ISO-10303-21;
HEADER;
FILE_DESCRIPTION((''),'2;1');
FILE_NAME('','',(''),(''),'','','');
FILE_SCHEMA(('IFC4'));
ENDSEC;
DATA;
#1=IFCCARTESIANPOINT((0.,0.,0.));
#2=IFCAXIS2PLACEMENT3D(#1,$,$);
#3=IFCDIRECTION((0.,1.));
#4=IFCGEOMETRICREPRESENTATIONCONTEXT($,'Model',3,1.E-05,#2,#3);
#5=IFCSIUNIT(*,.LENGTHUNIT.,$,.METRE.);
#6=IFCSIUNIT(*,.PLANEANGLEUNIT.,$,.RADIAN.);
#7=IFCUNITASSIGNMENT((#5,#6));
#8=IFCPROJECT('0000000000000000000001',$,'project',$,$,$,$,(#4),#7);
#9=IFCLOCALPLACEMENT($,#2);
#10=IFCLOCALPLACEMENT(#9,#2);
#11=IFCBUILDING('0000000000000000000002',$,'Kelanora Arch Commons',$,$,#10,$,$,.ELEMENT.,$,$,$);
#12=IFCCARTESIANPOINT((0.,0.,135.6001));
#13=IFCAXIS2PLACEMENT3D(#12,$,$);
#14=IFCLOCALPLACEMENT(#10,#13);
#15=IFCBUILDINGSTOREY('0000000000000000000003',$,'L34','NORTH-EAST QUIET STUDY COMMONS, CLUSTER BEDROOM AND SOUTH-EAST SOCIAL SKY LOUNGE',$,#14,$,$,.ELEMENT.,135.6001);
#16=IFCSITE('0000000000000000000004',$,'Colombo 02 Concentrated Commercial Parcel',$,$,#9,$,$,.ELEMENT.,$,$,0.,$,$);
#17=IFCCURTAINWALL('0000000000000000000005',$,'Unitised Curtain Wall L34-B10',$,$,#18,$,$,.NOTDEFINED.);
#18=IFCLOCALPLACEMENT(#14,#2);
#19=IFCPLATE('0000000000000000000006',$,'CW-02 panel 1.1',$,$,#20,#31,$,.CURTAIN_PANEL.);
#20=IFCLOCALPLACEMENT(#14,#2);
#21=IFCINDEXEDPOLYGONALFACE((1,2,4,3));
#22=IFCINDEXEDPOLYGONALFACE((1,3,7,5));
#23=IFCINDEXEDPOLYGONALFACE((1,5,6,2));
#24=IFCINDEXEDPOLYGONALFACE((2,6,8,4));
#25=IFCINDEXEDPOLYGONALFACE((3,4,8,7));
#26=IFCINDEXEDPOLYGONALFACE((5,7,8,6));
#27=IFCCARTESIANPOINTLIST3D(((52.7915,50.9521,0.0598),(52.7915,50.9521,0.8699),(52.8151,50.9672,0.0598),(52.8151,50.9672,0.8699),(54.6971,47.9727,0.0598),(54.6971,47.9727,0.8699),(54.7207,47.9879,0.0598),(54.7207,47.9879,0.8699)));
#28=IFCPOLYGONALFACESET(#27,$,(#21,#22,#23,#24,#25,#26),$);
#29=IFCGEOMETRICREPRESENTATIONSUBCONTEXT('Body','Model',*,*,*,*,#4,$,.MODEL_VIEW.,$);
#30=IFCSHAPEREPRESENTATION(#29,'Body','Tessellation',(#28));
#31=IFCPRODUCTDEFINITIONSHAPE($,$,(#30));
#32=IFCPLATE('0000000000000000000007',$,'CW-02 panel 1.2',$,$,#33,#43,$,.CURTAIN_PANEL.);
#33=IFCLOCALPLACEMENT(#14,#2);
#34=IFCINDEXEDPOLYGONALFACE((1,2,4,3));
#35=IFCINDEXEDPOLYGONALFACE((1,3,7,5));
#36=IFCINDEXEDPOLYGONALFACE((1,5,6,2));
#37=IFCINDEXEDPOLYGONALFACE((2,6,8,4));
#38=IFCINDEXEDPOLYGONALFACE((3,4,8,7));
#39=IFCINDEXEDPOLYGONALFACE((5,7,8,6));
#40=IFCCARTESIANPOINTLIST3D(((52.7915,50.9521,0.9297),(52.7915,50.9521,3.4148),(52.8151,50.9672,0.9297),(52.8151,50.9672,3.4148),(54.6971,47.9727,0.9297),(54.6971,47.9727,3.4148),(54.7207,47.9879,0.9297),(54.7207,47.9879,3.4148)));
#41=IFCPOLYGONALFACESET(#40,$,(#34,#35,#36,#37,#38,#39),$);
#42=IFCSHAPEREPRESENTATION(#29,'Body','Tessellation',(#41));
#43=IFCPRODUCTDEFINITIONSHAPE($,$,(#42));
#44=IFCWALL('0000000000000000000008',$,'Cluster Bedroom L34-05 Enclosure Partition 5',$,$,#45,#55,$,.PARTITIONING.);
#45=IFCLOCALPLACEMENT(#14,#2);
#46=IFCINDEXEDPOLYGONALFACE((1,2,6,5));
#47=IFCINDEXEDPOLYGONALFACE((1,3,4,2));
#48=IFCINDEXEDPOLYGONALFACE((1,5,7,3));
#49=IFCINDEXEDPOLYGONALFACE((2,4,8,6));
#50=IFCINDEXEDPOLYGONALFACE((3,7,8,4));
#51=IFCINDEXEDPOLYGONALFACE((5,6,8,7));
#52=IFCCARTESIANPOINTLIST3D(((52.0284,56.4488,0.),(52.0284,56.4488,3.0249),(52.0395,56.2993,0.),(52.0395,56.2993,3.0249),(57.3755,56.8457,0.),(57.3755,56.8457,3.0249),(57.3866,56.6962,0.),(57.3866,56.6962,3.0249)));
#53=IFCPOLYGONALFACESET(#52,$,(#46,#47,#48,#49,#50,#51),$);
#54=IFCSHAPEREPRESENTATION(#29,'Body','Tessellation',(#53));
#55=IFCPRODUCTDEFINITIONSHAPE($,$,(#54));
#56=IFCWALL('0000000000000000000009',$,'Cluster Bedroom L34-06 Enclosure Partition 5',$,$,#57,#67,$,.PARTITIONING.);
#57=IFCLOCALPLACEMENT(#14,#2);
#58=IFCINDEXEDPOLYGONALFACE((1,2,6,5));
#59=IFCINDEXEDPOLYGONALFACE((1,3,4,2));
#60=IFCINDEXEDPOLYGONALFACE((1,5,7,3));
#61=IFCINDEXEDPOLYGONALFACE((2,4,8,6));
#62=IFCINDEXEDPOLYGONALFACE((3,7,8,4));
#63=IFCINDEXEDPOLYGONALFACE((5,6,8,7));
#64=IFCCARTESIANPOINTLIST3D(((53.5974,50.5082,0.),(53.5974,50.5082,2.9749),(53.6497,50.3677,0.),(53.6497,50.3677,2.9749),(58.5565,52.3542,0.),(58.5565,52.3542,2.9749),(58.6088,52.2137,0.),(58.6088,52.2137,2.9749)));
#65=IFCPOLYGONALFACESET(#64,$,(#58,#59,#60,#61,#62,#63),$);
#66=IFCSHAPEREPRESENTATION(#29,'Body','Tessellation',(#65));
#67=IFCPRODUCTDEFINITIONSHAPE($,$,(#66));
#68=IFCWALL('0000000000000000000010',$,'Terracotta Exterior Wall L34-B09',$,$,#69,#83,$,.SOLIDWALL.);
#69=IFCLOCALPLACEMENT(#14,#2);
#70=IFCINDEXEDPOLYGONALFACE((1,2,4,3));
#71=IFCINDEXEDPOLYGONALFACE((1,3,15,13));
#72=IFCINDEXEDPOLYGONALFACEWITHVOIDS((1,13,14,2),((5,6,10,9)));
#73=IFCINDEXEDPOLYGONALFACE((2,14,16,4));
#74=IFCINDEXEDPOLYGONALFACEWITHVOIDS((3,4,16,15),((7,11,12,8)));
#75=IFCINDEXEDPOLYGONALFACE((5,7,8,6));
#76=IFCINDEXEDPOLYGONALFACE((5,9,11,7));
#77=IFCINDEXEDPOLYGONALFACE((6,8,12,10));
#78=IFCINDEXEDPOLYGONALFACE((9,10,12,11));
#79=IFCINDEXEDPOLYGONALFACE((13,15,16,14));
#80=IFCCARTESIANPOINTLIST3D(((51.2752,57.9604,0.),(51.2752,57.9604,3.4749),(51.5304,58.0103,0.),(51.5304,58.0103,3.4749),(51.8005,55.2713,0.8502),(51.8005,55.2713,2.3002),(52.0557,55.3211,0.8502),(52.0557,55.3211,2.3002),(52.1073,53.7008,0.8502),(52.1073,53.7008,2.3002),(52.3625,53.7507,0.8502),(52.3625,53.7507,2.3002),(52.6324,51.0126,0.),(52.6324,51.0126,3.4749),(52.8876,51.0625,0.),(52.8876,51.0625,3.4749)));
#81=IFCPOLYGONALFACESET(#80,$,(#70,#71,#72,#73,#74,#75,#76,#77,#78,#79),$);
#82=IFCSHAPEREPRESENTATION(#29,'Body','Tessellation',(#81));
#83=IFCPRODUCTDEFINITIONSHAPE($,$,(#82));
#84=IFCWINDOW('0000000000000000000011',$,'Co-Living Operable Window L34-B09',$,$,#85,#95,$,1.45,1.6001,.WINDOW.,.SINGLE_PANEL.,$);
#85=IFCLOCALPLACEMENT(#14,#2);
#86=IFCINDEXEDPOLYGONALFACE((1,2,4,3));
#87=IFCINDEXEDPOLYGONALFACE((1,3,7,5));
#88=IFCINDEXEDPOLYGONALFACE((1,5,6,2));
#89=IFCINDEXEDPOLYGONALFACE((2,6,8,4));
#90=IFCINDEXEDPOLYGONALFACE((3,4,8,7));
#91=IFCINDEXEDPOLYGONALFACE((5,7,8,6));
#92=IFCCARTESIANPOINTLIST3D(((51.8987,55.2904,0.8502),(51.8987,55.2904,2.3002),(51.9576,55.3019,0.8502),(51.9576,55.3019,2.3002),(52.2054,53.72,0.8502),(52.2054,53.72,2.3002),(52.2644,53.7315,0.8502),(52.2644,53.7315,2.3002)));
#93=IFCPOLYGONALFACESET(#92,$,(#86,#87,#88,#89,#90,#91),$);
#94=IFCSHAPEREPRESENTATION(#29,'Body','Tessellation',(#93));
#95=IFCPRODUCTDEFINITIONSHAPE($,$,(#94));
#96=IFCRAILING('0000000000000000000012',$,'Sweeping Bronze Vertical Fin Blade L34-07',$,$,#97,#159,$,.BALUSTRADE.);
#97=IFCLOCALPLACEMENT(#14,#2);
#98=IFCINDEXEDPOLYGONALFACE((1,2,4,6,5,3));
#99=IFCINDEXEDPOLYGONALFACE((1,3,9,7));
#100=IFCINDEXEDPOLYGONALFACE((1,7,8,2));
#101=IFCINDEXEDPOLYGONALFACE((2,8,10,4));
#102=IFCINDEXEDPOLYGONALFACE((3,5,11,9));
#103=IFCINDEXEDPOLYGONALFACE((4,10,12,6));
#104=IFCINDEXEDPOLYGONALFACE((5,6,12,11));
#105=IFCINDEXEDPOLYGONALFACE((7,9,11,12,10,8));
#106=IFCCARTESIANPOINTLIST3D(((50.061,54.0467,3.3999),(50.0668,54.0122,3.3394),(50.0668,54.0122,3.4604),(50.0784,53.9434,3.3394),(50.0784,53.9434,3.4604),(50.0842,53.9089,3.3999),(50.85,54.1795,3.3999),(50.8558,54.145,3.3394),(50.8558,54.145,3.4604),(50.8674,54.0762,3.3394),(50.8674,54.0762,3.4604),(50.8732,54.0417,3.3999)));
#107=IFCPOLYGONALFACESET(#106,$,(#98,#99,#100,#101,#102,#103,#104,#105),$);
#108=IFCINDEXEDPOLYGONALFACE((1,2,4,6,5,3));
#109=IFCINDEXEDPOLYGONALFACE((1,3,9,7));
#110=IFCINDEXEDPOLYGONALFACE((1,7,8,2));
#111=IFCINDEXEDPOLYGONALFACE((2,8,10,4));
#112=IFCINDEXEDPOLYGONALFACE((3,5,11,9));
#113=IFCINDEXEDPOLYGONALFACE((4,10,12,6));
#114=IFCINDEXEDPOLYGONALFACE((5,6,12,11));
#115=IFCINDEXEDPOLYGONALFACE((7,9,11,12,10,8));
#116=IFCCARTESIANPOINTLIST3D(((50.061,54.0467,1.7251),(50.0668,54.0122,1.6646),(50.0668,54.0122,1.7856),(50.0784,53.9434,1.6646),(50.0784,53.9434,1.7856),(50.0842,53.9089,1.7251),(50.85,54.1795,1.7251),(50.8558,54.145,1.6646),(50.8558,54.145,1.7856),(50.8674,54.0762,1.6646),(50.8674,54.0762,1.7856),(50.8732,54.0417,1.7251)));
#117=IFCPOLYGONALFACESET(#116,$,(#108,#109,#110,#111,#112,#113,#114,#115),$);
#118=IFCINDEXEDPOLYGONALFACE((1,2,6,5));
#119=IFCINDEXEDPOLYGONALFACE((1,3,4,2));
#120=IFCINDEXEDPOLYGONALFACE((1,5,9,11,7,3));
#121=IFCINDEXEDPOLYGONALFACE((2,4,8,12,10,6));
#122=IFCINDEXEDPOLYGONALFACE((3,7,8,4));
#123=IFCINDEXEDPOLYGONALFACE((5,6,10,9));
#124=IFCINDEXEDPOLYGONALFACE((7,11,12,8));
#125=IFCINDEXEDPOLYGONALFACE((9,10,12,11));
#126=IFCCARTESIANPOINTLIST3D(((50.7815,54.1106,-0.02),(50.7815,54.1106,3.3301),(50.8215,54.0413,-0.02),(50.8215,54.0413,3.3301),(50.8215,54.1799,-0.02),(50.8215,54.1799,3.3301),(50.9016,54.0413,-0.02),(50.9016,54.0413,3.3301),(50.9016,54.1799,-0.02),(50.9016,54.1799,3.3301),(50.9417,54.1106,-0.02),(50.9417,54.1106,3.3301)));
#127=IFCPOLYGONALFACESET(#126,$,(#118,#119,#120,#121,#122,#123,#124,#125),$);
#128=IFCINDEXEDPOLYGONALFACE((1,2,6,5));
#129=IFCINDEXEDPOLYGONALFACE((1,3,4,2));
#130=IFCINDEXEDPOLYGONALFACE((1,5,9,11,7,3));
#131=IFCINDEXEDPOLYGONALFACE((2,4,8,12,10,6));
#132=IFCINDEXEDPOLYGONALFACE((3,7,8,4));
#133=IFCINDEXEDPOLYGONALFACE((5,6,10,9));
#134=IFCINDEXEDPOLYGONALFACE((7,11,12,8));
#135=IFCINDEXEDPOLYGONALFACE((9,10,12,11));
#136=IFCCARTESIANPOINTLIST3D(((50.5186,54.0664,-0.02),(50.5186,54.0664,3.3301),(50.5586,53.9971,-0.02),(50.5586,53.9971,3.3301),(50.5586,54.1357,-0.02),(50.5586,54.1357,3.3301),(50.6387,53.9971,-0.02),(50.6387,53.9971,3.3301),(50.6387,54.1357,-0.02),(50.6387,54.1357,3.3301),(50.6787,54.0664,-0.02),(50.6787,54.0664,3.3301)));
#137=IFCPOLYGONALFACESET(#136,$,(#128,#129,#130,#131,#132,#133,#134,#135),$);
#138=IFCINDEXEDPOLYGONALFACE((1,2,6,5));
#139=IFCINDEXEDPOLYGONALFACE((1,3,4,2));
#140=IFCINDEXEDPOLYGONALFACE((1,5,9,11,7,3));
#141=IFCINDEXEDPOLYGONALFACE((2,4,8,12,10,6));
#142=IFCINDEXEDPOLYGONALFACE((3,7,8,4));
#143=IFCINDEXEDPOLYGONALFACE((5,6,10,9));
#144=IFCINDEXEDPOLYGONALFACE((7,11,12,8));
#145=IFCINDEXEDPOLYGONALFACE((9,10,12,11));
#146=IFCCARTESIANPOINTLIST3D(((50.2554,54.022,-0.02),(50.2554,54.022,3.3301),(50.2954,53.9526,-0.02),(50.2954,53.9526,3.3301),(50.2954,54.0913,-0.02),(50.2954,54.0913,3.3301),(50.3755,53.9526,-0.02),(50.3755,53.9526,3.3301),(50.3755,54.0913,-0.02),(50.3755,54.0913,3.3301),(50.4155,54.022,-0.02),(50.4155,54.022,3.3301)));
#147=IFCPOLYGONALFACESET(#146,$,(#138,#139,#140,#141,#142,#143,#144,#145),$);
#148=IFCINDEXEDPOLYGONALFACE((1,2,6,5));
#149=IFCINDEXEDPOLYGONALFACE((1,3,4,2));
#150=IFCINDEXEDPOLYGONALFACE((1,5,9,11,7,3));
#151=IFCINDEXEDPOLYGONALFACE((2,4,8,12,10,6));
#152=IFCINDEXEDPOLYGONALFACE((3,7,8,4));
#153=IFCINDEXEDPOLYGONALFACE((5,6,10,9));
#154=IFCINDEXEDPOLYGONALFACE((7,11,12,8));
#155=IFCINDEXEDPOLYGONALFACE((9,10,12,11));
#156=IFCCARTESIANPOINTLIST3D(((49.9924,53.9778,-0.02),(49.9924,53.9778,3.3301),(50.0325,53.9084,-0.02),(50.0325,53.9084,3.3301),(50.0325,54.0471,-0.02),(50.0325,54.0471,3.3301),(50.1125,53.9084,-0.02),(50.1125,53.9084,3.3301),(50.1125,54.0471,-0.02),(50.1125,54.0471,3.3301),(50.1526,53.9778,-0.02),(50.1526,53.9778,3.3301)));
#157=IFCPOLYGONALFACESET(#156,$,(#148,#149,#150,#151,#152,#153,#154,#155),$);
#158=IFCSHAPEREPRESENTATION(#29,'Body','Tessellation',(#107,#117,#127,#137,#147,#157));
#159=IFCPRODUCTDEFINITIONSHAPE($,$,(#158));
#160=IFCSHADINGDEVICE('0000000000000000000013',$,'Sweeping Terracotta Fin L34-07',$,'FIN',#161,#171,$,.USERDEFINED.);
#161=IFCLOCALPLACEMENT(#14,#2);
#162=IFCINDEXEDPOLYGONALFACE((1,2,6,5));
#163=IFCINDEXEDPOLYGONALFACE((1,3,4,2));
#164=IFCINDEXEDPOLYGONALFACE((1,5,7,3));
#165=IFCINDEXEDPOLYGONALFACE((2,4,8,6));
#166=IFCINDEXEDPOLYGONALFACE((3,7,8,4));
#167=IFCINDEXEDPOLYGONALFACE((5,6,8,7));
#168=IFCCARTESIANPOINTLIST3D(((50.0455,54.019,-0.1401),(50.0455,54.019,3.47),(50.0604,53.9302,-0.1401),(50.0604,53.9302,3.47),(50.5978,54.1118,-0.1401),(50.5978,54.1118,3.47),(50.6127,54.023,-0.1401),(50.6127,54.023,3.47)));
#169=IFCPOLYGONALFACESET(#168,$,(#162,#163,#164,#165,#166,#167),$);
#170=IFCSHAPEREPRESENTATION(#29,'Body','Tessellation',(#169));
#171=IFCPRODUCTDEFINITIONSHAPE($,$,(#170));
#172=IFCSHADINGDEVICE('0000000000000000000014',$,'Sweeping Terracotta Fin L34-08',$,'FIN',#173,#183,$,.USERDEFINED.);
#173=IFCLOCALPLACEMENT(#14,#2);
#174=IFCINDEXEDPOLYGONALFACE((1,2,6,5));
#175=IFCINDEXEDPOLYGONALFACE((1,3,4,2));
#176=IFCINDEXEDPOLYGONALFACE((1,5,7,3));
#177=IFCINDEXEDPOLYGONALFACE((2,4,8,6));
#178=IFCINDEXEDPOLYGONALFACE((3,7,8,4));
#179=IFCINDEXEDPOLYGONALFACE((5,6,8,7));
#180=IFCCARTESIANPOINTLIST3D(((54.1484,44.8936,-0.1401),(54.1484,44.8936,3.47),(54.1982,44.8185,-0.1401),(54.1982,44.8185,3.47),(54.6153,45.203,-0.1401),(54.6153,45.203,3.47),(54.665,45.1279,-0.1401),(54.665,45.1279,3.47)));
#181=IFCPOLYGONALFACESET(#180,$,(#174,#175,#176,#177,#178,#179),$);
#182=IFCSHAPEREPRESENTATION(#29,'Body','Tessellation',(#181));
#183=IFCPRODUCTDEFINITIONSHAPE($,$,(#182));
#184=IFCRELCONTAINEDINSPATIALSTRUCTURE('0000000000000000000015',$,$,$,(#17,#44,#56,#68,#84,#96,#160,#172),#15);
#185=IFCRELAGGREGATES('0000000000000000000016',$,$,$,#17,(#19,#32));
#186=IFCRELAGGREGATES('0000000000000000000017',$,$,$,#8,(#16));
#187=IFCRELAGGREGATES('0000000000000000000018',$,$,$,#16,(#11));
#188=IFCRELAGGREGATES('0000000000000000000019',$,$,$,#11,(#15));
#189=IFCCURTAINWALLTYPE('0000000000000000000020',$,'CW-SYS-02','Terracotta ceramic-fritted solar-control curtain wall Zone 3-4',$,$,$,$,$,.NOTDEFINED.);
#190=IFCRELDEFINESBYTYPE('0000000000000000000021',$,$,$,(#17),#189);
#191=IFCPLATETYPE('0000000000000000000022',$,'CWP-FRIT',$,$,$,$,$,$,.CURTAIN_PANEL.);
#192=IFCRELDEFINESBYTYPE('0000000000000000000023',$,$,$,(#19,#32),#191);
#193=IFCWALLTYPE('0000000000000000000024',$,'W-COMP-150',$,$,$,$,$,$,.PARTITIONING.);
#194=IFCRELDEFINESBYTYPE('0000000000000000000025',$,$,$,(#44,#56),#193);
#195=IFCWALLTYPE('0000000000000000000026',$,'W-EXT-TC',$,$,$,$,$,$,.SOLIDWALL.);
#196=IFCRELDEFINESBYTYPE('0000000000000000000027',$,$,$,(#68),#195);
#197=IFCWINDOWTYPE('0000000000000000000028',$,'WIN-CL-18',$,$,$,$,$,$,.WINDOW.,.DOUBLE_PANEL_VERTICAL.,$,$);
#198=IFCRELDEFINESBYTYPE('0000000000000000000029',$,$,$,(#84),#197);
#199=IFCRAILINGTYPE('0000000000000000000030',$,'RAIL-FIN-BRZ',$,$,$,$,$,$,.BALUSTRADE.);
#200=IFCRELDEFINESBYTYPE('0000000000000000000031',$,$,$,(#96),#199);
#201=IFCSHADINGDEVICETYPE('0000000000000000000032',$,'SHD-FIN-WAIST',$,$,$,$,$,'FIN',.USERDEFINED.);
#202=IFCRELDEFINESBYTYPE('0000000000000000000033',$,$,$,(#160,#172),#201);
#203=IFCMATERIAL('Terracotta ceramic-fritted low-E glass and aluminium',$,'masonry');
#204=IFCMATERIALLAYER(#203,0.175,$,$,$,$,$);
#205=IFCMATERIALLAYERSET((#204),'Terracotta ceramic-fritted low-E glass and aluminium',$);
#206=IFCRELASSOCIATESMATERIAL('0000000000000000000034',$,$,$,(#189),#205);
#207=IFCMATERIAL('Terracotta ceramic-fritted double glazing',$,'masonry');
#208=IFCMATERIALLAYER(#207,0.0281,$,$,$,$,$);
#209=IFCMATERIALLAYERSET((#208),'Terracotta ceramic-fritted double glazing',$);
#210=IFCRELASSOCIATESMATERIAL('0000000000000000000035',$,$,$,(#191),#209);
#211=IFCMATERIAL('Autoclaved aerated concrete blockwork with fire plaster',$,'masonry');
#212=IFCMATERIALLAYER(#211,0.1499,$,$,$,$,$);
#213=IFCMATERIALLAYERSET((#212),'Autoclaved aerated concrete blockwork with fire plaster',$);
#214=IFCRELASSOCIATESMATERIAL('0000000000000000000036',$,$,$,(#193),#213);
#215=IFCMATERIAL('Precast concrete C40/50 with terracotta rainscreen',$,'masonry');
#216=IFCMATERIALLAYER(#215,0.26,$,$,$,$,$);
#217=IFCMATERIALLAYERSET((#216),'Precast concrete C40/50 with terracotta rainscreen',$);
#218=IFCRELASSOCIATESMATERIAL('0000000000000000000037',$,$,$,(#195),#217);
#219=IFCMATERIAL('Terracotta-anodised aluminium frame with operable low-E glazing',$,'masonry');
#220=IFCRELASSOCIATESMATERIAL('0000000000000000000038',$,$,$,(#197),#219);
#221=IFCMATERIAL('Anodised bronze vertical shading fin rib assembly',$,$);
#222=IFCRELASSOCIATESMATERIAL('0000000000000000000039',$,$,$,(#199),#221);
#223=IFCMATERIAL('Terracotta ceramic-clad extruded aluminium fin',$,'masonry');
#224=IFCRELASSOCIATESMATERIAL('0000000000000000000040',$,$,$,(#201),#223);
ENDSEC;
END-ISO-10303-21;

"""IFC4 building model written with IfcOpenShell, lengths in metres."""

from ifc_helpers import new_model, si_unit, direction, frame, frame_2d, origin, origin_2d, place, context, subcontext, project, spatial, polyline, rectangle, outline, extrude, source, transform, mapped, material, layer, layer_set, type_object, element, fill, aggregate, save


model = new_model("IFC4")

# Units and contexts
model_context = context("Model", 3, precision=1e-05, world=origin(), true_north=direction((0.0, 1.0)))
body_context = subcontext(model_context, "Body", "Model", "MODEL_VIEW")
ifc_project = project(units=[si_unit("LENGTHUNIT", "METRE"), si_unit("PLANEANGLEUNIT", "RADIAN")], contexts=[model_context])

# Site, building, storey
site_placement = place(None, origin())
site = spatial("IfcSite", under=ifc_project, at=site_placement, Name="Colombo 02 Concentrated Commercial Parcel", CompositionType="ELEMENT", RefElevation=0.0)
building_placement = place(site_placement, origin())
building = spatial("IfcBuilding", under=site, at=building_placement, Name="Kelanora Arch Commons", CompositionType="ELEMENT")
storey_placement = place(building_placement, frame((0.0, 0.0, 135.6001)))
storey = spatial("IfcBuildingStorey", under=building, at=storey_placement, Name="L34", Description="NORTH-EAST QUIET STUDY COMMONS, CLUSTER BEDROOM AND SOUTH-EAST SOCIAL SKY LOUNGE", CompositionType="ELEMENT", Elevation=135.6001)

# Curtain wall
ifc_material_1 = material(Name="Terracotta ceramic-fritted low-E glass and aluminium", Category="masonry")
ifc_layer_1 = layer(ifc_material_1, 0.175)
ifc_layer_set_1 = layer_set([ifc_layer_1], Name="Terracotta ceramic-fritted low-E glass and aluminium")
curtain_wall_type = type_object("IfcCurtainWallType", Name="CW-SYS-02", Description="Terracotta ceramic-fritted solar-control curtain wall Zone 3-4", PredefinedType="NOTDEFINED", material=ifc_layer_set_1)
curtain_wall_placement = place(storey_placement, origin())
curtain_wall = element("IfcCurtainWall", 1, at=curtain_wall_placement, inside=storey, type_object=curtain_wall_type, Name="Unitised Curtain Wall L34-B10", PredefinedType="NOTDEFINED")

# Plates
ifc_material_2 = material(Name="Terracotta ceramic-fritted double glazing", Category="masonry")
ifc_layer_2 = layer(ifc_material_2, 0.0281)
ifc_layer_set_2 = layer_set([ifc_layer_2], Name="Terracotta ceramic-fritted double glazing")
plate_type = type_object("IfcPlateType", Name="CWP-FRIT", PredefinedType="CURTAIN_PANEL", material=ifc_layer_set_2)
shared_shape_1 = source(origin(), body_context, "Body", "SweptSolid", [
    extrude(rectangle(XDim=3.5366, YDim=0.0281, at=origin_2d()), origin(), (0.0, 0.0, 1.0), 0.8101),
])
plate_1_placement = place(storey_placement, frame((53.7561, 49.47, 0.0598), z_axis=(0.0, 0.0, 1.0), x_axis=(0.538817, -0.842423, 0.0)))
plate_1 = element("IfcPlate", 2, at=plate_1_placement, type_object=plate_type, Name="CW-02 panel 1.1", PredefinedType="CURTAIN_PANEL", context=body_context, shape_type="MappedRepresentation", body=[
    mapped(shared_shape_1, transform((0.0, 0.0, 0.0), scale=1.0)),
])
shared_shape_2 = source(origin(), body_context, "Body", "SweptSolid", [
    extrude(rectangle(XDim=3.5366, YDim=0.0281, at=origin_2d()), origin(), (0.0, 0.0, 1.0), 2.4851),
])
plate_2_placement = place(storey_placement, frame((53.7561, 49.47, 0.9297), z_axis=(0.0, 0.0, 1.0), x_axis=(0.538817, -0.842423, 0.0)))
plate_2 = element("IfcPlate", 3, at=plate_2_placement, type_object=plate_type, Name="CW-02 panel 1.2", PredefinedType="CURTAIN_PANEL", context=body_context, shape_type="MappedRepresentation", body=[
    mapped(shared_shape_2, transform((0.0, 0.0, 0.0), scale=1.0)),
])
aggregate(curtain_wall, [plate_1, plate_2])

# Walls
ifc_material_3 = material(Name="Autoclaved aerated concrete blockwork with fire plaster", Category="masonry")
ifc_layer_3 = layer(ifc_material_3, 0.1499)
ifc_layer_set_3 = layer_set([ifc_layer_3], Name="Autoclaved aerated concrete blockwork with fire plaster")
wall_type_1 = type_object("IfcWallType", Name="W-COMP-150", PredefinedType="PARTITIONING", material=ifc_layer_set_3)
wall_1_placement = place(storey_placement, frame((52.0339, 56.374, 0.0), z_axis=(0.0, 0.0, 1.0), x_axis=(0.997256, 0.074036, 0.0)))
element("IfcWall", 4, at=wall_1_placement, inside=storey, type_object=wall_type_1, Name="Cluster Bedroom L34-05 Enclosure Partition 5", PredefinedType="PARTITIONING", context=body_context, shape_type="SweptSolid", body=[
    extrude(rectangle(XDim=5.3618, YDim=0.1499, at=frame_2d((2.6809, 0.0))), origin(), (0.0, 0.0, 1.0), 3.0249),
])
wall_2_placement = place(storey_placement, frame((53.6235, 50.438, 0.0), z_axis=(0.0, 0.0, 1.0), x_axis=(0.937176, 0.348857, 0.0)))
element("IfcWall", 5, at=wall_2_placement, inside=storey, type_object=wall_type_1, Name="Cluster Bedroom L34-06 Enclosure Partition 5", PredefinedType="PARTITIONING", context=body_context, shape_type="SweptSolid", body=[
    extrude(rectangle(XDim=5.2915, YDim=0.1499, at=frame_2d((2.6458, 0.0))), origin(), (0.0, 0.0, 1.0), 2.9749),
])

# Wall, opening, window
ifc_material_4 = material(Name="Precast concrete C40/50 with terracotta rainscreen", Category="masonry")
ifc_layer_4 = layer(ifc_material_4, 0.26)
ifc_layer_set_4 = layer_set([ifc_layer_4], Name="Precast concrete C40/50 with terracotta rainscreen")
wall_type_2 = type_object("IfcWallType", Name="W-EXT-TC", PredefinedType="SOLIDWALL", material=ifc_layer_set_4)
wall_3_placement = place(storey_placement, frame((51.4028, 57.9854, 0.0), z_axis=(0.0, 0.0, 1.0), x_axis=(0.191717, -0.98145, 0.0)))
wall_3 = element("IfcWall", 6, at=wall_3_placement, inside=storey, type_object=wall_type_2, Name="Terracotta Exterior Wall L34-B09", PredefinedType="SOLIDWALL", context=body_context, shape_type="SweptSolid", body=[
    extrude(rectangle(XDim=7.0791, YDim=0.26, at=frame_2d((3.5396, 0.0))), origin(), (0.0, 0.0, 1.0), 3.4749),
])
opening_placement = place(wall_3_placement, frame((2.74, 0.0, 0.8501)))
opening = element("IfcOpeningElement", 7, at=opening_placement, cuts=wall_3, PredefinedType="OPENING", context=body_context, shape_type="SweptSolid", body=[
    extrude(rectangle(XDim=1.6001, YDim=1.45, at=frame_2d((0.8, 0.7251))), frame((0.0, 0.1401, 0.0), z_axis=(0.0, -1.0, 0.0), x_axis=(1.0, 0.0, 0.0)), (0.0, 0.0, 1.0), 0.28),
])
ifc_material_5 = material(Name="Terracotta-anodised aluminium frame with operable low-E glazing", Category="masonry")
window_type = type_object("IfcWindowType", Name="WIN-CL-18", PartitioningType="DOUBLE_PANEL_VERTICAL", PredefinedType="WINDOW", material=ifc_material_5)
window_placement = place(opening_placement, origin())
window = element("IfcWindow", 8, at=window_placement, inside=storey, type_object=window_type, Name="Co-Living Operable Window L34-B09", OverallHeight=1.45, OverallWidth=1.6001, PartitioningType="SINGLE_PANEL", PredefinedType="WINDOW", context=body_context, shape_type="SweptSolid", body=[
    extrude(rectangle(XDim=1.6001, YDim=1.45, at=frame_2d((0.8, 0.7251))), frame((0.0, 0.03, 0.0), z_axis=(0.0, -1.0, 0.0), x_axis=(1.0, 0.0, 0.0)), (0.0, 0.0, 1.0), 0.0601),
])
fill(opening, window)

# Railing
ifc_material_6 = material(Name="Anodised bronze vertical shading fin rib assembly")
railing_type = type_object("IfcRailingType", Name="RAIL-FIN-BRZ", PredefinedType="BALUSTRADE", material=ifc_material_6)
railing_placement = place(storey_placement, frame((50.8616, 54.1106, -0.02)))
element("IfcRailing", 9, at=railing_placement, inside=storey, type_object=railing_type, Name="Sweeping Bronze Vertical Fin Blade L34-07", PredefinedType="BALUSTRADE", context=body_context, shape_type="SweptSolid", body=[
    extrude(outline(polyline([(0.0698, 0.0), (0.0349, 0.0605), (-0.0349, 0.0605), (-0.0698, 0.0), (-0.0349, -0.0605), (0.0349, -0.0605), (0.0698, 0.0)])), frame((0.0, 0.0, 3.4199), z_axis=(-0.986129, -0.165982, 0.0), x_axis=(0.165982, -0.986129, 0.0)), (0.0, 0.0, 1.0), 0.8),
    extrude(outline(polyline([(0.0698, 0.0), (0.0349, 0.0605), (-0.0349, 0.0605), (-0.0698, 0.0), (-0.0349, -0.0605), (0.0349, -0.0605), (0.0698, 0.0)])), frame((0.0, 0.0, 1.7451), z_axis=(-0.986129, -0.165982, 0.0), x_axis=(0.165982, -0.986129, 0.0)), (0.0, 0.0, 1.0), 0.8),
    extrude(outline(polyline([(0.0801, 0.0), (0.04, 0.0693), (-0.04, 0.0693), (-0.0801, 0.0), (-0.04, -0.0693), (0.04, -0.0693), (0.0801, 0.0)])), origin(), (0.0, 0.0, 1.0), 3.3501),
    extrude(outline(polyline([(0.0801, 0.0), (0.04, 0.0693), (-0.04, 0.0693), (-0.0801, 0.0), (-0.04, -0.0693), (0.04, -0.0693), (0.0801, 0.0)])), frame((-0.2629, -0.0442, 0.0)), (0.0, 0.0, 1.0), 3.3501),
    extrude(outline(polyline([(0.0801, 0.0), (0.04, 0.0693), (-0.04, 0.0693), (-0.0801, 0.0), (-0.04, -0.0693), (0.04, -0.0693), (0.0801, 0.0)])), frame((-0.5261, -0.0886, 0.0)), (0.0, 0.0, 1.0), 3.3501),
    extrude(outline(polyline([(0.0801, 0.0), (0.04, 0.0693), (-0.04, 0.0693), (-0.0801, 0.0), (-0.04, -0.0693), (0.04, -0.0693), (0.0801, 0.0)])), frame((-0.7891, -0.1328, 0.0)), (0.0, 0.0, 1.0), 3.3501),
])

# Shading devices
ifc_material_7 = material(Name="Terracotta ceramic-clad extruded aluminium fin", Category="masonry")
shading_device_type = type_object("IfcShadingDeviceType", Name="SHD-FIN-WAIST", ElementType="FIN", PredefinedType="USERDEFINED", material=ifc_material_7)
shared_shape_3 = source(origin(), body_context, "Body", "SweptSolid", [
    extrude(rectangle(XDim=0.5601, YDim=0.0901, at=origin_2d()), origin(), (0.0, 0.0, 1.0), 3.6101),
])
for number, where, z_axis, x_axis, name in (
    (10, (50.3291, 54.021, -0.1401), (0.0, 0.0, 1.0), (-0.98617, -0.165736, 0.0), "Sweeping Terracotta Fin L34-07"),
    (11, (54.4067, 45.0107, -0.1401), (0.0, 0.0, 1.0), (-0.8335, -0.552519, 0.0), "Sweeping Terracotta Fin L34-08"),
):
    element("IfcShadingDevice", number, at=place(storey_placement, frame(where, z_axis=z_axis, x_axis=x_axis)), inside=storey, type_object=shading_device_type, Name=name, ObjectType="FIN", PredefinedType="USERDEFINED", context=body_context, shape_type="MappedRepresentation", body=[
        mapped(shared_shape_3, transform((0.0, 0.0, 0.0), scale=1.0)),
    ])

save(model, "model.ifc")
